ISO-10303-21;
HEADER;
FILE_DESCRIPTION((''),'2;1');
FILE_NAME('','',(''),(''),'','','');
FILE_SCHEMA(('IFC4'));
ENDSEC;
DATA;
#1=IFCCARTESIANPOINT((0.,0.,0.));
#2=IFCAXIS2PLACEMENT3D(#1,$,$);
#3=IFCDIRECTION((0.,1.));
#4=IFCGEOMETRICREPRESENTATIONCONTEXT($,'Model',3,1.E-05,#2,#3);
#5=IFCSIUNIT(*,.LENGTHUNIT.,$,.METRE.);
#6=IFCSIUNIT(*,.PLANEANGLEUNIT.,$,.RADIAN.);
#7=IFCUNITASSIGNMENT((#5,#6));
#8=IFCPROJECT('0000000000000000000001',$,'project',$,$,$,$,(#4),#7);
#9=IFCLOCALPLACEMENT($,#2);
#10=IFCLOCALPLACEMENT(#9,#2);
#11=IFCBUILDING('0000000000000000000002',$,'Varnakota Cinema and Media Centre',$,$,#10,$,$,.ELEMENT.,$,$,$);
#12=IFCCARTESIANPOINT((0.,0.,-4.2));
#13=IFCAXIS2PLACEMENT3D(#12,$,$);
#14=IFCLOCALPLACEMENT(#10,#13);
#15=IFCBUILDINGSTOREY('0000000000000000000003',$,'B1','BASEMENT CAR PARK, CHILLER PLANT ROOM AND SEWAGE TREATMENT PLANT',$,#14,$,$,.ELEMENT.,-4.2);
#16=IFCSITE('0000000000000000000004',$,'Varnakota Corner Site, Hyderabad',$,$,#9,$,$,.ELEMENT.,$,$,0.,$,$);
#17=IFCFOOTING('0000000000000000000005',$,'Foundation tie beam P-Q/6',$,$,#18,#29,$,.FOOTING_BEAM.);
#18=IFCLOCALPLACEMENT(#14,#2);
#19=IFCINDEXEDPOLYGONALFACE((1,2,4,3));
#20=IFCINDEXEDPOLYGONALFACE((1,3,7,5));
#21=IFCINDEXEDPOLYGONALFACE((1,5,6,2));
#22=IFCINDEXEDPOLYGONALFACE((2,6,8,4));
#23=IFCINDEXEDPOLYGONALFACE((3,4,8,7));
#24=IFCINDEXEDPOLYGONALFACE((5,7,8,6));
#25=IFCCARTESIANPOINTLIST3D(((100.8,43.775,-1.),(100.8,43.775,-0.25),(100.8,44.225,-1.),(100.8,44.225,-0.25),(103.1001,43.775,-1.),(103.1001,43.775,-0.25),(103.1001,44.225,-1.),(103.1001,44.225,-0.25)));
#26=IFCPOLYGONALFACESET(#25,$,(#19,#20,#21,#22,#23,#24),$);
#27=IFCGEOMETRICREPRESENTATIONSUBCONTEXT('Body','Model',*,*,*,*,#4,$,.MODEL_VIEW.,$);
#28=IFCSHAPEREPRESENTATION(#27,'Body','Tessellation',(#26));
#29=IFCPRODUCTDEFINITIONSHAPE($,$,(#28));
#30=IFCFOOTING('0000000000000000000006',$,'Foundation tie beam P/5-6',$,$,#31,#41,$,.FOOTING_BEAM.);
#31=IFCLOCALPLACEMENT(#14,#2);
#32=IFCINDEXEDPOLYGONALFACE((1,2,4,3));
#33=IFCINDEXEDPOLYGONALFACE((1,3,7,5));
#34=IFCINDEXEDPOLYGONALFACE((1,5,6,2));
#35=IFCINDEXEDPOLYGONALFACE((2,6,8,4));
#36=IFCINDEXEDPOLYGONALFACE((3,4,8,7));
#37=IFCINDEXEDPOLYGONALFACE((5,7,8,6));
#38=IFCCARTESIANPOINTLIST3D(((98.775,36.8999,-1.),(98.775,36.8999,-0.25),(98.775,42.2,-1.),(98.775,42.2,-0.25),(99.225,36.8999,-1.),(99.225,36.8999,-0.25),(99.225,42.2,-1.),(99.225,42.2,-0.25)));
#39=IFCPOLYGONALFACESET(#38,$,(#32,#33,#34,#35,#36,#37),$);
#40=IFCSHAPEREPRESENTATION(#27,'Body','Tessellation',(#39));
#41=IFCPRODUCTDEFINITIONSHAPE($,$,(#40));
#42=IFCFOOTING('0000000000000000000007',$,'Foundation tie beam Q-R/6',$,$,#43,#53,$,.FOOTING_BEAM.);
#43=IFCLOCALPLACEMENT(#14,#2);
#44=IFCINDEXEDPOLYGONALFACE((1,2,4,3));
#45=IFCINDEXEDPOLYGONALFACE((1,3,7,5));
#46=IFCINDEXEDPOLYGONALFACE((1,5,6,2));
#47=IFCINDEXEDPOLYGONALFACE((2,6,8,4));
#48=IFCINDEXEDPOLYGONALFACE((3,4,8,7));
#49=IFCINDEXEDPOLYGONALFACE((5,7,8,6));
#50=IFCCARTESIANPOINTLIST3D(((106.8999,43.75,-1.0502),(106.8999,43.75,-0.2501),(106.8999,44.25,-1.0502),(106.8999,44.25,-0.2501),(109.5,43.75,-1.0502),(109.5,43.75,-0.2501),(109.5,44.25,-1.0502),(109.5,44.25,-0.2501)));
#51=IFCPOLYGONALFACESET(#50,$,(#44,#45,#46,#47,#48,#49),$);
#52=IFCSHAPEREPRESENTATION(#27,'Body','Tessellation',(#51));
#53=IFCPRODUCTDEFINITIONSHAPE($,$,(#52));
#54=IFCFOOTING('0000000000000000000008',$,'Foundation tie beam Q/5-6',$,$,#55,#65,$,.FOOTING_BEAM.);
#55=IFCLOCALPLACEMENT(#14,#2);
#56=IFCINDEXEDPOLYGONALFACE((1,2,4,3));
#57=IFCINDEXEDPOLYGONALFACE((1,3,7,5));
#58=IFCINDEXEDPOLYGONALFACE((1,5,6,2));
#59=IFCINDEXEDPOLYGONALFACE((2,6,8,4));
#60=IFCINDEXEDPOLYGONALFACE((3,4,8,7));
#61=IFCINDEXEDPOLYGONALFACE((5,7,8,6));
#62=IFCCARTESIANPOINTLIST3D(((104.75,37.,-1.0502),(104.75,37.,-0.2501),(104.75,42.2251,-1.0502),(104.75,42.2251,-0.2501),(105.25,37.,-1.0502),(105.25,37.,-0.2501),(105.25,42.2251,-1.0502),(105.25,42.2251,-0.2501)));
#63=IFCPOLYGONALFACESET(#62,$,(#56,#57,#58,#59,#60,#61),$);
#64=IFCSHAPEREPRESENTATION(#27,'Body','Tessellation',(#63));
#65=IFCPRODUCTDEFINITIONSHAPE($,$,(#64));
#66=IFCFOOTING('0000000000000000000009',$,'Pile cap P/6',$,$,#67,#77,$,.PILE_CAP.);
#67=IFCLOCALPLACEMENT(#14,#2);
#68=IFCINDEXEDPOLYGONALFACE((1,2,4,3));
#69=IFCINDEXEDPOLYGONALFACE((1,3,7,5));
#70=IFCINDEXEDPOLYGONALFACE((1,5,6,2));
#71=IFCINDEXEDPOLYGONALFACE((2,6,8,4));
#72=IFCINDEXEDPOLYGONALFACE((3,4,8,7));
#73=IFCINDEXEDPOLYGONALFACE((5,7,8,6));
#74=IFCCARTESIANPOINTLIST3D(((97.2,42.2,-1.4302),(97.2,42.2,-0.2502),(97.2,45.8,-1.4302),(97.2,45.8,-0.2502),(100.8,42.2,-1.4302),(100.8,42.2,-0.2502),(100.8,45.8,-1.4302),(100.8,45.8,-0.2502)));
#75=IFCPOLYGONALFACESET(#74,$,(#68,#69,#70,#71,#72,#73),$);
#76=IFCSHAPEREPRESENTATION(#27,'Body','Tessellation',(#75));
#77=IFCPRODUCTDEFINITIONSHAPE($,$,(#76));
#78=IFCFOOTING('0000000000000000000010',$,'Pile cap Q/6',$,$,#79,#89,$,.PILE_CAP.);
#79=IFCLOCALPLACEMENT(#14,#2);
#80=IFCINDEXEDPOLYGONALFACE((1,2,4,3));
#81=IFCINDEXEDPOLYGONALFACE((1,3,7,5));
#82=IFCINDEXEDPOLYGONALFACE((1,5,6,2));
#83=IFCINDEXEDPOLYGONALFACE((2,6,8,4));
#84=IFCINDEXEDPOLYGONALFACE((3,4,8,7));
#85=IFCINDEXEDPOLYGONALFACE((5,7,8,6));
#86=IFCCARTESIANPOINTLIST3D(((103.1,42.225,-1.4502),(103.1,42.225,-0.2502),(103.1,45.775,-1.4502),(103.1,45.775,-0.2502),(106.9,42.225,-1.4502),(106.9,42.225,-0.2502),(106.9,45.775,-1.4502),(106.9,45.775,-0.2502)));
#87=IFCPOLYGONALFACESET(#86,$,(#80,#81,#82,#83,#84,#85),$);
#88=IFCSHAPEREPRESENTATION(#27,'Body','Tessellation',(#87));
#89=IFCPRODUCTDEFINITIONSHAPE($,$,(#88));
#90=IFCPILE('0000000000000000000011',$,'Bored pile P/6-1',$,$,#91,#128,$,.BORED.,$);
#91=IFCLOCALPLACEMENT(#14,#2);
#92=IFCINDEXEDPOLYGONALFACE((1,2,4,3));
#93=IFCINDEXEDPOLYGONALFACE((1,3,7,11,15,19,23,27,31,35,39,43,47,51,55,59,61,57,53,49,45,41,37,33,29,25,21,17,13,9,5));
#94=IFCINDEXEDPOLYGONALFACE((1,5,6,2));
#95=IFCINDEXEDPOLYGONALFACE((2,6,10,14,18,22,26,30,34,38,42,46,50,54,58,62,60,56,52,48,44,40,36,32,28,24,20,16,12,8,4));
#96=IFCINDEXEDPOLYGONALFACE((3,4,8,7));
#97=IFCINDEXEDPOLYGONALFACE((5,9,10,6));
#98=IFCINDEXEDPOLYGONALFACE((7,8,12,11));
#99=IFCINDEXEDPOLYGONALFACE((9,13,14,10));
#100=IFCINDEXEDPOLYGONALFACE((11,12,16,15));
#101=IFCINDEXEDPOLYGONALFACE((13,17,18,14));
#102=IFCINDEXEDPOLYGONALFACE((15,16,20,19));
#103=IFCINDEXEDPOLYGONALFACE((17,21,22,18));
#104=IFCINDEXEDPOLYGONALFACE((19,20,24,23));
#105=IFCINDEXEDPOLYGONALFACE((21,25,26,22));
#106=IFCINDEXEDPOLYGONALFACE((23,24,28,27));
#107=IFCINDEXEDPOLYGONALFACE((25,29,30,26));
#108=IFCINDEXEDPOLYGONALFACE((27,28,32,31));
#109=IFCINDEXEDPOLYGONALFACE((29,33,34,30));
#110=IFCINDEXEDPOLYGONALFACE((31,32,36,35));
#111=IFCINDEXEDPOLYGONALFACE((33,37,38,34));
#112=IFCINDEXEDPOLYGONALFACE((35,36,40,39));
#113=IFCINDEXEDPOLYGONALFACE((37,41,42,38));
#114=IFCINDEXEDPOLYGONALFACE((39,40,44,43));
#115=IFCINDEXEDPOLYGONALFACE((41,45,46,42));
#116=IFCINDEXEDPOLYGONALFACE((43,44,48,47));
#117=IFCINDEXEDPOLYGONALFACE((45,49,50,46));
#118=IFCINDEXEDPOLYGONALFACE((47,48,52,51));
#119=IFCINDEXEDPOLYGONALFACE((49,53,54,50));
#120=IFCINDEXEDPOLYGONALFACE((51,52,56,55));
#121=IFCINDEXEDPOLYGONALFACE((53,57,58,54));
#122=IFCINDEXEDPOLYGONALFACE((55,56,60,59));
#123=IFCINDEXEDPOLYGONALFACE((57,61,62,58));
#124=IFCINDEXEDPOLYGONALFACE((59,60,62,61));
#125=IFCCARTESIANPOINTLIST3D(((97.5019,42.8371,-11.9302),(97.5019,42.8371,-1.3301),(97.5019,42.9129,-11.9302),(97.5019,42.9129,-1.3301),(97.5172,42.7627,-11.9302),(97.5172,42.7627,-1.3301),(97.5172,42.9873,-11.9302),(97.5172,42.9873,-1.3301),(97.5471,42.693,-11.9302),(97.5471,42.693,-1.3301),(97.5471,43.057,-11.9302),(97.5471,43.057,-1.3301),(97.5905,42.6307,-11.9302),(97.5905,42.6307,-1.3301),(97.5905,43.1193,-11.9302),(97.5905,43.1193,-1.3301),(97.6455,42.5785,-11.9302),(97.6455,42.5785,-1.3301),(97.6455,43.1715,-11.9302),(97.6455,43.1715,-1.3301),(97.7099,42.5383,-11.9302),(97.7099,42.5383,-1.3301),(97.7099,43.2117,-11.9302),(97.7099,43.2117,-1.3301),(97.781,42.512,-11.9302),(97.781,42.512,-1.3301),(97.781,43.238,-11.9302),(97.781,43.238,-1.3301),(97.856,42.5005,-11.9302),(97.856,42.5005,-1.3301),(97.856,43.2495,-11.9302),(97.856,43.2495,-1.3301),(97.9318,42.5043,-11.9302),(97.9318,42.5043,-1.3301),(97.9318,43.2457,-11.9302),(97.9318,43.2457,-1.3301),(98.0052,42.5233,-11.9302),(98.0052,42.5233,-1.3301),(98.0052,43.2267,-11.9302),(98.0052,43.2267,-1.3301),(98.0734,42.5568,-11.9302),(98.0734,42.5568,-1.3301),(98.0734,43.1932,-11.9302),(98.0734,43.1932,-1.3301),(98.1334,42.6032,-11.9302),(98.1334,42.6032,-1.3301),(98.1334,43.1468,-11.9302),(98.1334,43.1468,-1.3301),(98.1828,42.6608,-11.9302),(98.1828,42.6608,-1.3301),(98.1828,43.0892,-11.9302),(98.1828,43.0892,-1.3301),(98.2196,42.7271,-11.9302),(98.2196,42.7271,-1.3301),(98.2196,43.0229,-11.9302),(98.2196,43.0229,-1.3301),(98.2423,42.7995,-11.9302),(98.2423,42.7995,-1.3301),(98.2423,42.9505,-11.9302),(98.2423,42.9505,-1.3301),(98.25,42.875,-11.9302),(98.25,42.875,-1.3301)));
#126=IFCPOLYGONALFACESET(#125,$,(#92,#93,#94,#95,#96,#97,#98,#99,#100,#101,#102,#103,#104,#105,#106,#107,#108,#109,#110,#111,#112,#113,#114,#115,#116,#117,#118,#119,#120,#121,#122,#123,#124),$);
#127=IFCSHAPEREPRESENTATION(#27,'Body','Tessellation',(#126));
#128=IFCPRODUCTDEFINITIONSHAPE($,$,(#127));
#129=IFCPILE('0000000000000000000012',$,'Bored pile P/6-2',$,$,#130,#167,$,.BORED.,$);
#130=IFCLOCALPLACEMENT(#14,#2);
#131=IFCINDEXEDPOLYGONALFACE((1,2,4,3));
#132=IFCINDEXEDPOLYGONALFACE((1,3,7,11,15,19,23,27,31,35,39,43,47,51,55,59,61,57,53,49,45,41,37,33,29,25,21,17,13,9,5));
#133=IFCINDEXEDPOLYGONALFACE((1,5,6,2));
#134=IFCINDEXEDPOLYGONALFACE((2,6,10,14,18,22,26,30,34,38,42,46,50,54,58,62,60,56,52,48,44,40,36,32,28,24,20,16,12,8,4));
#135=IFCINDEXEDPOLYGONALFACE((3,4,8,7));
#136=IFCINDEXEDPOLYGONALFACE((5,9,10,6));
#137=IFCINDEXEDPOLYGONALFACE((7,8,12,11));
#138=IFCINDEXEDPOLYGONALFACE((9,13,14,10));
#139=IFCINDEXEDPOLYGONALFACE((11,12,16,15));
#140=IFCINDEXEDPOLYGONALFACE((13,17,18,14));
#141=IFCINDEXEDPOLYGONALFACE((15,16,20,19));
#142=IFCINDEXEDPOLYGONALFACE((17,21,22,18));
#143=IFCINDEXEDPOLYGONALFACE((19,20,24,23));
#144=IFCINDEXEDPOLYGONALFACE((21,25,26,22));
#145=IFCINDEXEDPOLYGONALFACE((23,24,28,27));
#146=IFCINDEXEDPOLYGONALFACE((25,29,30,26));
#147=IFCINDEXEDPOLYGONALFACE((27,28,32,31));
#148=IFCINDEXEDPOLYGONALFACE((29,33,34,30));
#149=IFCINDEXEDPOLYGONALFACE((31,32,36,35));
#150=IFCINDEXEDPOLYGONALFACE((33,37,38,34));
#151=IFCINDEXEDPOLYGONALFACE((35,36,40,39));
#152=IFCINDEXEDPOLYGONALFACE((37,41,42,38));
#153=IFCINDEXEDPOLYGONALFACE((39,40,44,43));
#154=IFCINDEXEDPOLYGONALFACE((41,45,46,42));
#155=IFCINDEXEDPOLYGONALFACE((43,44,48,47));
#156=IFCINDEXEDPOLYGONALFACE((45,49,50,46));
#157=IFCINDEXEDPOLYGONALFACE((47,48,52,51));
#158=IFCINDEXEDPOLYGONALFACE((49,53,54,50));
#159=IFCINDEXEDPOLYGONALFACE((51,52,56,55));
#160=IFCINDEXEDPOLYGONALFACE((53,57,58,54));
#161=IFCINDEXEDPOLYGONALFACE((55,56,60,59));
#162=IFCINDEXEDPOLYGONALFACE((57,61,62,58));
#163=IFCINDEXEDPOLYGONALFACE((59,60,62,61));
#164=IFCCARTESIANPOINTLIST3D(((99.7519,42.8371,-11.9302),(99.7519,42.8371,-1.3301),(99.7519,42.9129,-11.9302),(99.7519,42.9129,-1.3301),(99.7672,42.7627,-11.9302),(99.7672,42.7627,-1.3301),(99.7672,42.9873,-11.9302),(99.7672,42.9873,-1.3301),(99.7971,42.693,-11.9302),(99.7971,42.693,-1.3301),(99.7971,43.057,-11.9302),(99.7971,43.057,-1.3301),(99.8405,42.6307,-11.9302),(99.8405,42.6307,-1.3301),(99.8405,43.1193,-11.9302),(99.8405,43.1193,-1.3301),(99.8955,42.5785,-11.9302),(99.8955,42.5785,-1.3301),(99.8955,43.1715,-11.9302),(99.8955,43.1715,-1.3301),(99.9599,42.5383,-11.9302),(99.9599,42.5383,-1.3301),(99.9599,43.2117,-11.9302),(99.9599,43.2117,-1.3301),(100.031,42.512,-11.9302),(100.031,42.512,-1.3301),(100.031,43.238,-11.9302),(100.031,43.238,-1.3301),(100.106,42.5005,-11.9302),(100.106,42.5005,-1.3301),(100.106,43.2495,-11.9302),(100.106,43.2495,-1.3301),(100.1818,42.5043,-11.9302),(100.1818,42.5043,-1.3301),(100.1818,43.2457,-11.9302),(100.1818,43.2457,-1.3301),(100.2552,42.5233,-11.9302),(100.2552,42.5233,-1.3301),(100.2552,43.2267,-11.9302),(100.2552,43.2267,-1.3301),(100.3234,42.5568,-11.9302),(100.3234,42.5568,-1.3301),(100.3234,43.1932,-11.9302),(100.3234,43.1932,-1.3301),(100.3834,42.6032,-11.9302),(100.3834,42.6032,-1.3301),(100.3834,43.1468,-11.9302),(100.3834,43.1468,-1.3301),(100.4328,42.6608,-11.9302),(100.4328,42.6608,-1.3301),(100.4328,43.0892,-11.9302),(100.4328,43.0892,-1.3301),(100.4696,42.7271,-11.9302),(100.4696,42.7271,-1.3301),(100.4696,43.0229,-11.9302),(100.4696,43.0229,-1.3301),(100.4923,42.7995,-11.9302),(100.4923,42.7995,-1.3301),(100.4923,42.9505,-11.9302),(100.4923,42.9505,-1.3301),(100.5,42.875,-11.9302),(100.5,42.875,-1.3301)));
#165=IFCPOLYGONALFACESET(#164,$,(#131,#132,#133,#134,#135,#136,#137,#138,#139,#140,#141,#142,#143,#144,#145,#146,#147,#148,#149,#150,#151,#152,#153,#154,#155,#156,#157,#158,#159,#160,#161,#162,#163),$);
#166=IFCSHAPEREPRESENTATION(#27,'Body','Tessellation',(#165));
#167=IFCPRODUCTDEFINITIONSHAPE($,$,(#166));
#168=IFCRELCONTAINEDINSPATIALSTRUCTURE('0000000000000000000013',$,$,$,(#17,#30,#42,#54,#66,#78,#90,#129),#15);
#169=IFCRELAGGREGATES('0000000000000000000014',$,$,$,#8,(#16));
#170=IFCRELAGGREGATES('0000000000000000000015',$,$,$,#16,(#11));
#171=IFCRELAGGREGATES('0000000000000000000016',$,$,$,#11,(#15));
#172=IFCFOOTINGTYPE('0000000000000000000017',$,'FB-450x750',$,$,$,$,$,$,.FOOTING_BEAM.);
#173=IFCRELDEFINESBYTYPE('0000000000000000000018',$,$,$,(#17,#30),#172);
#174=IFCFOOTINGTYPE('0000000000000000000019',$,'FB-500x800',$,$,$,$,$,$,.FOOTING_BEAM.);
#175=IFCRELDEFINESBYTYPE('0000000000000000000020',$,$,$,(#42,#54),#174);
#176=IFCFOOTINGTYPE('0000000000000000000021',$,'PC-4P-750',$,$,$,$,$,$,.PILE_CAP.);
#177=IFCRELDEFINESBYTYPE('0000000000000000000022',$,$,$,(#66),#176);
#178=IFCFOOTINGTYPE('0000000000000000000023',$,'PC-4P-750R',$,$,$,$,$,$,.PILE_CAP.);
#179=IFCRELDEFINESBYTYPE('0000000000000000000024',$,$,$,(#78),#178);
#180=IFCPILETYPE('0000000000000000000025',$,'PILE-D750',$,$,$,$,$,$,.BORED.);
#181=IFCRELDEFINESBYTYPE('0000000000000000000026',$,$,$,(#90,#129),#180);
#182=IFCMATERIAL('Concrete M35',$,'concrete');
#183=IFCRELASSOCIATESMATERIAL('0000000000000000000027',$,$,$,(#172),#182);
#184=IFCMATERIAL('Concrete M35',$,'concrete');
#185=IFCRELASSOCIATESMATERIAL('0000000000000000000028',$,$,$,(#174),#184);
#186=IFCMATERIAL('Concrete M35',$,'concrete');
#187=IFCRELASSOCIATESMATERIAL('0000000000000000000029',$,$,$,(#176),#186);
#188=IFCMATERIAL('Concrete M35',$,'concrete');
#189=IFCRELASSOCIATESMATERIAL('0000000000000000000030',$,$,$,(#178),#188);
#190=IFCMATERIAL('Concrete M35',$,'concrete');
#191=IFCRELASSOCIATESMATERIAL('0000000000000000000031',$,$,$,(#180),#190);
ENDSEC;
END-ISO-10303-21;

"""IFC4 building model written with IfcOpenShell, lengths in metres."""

from ifc_helpers import new_model, si_unit, direction, frame, origin, origin_2d, place, context, subcontext, project, spatial, rectangle, circle, extrude, material, material_profile, profile_set, type_object, element, save


model = new_model("IFC4")

# Units and contexts
model_context = context("Model", 3, precision=1e-05, world=origin(), true_north=direction((0.0, 1.0)))
body_context = subcontext(model_context, "Body", "Model", "MODEL_VIEW")
ifc_project = project(units=[si_unit("LENGTHUNIT", "METRE"), si_unit("PLANEANGLEUNIT", "RADIAN")], contexts=[model_context])

# Site, building, storey
site_placement = place(None, origin())
site = spatial("IfcSite", under=ifc_project, at=site_placement, Name="Varnakota Corner Site, Hyderabad", CompositionType="ELEMENT", RefElevation=0.0)
building_placement = place(site_placement, origin())
building = spatial("IfcBuilding", under=site, at=building_placement, Name="Varnakota Cinema and Media Centre", CompositionType="ELEMENT")
storey_placement = place(building_placement, frame((0.0, 0.0, -4.2)))
storey = spatial("IfcBuildingStorey", under=building, at=storey_placement, Name="B1", Description="BASEMENT CAR PARK, CHILLER PLANT ROOM AND SEWAGE TREATMENT PLANT", CompositionType="ELEMENT", Elevation=-4.2)

# Footings
ifc_material_1 = material(Name="Concrete M35", Category="concrete")
ifc_material_profile_1 = material_profile(ifc_material_1, rectangle(XDim=0.45, YDim=0.75, at=origin_2d()), Name="FB 450x750")
ifc_profile_set_1 = profile_set([ifc_material_profile_1], Name="Concrete M35")
footing_type_1 = type_object("IfcFootingType", Name="FB-450x750", PredefinedType="FOOTING_BEAM", material=ifc_profile_set_1)
footing_1_placement = place(storey_placement, frame((100.8, 44.0, -0.625), z_axis=(1.0, 0.0, 0.0), x_axis=(0.0, 1.0, 0.0)))
element("IfcFooting", 1, at=footing_1_placement, inside=storey, type_object=footing_type_1, Name="Foundation tie beam P-Q/6", PredefinedType="FOOTING_BEAM", context=body_context, shape_type="SweptSolid", body=[
    extrude(rectangle(XDim=0.45, YDim=0.75, at=origin_2d()), origin(), (0.0, 0.0, 1.0), 2.3),
])
footing_2_placement = place(storey_placement, frame((99.0, 36.8999, -0.625), z_axis=(0.0, 1.0, 0.0), x_axis=(-1.0, 0.0, 0.0)))
element("IfcFooting", 2, at=footing_2_placement, inside=storey, type_object=footing_type_1, Name="Foundation tie beam P/5-6", PredefinedType="FOOTING_BEAM", context=body_context, shape_type="SweptSolid", body=[
    extrude(rectangle(XDim=0.45, YDim=0.75, at=origin_2d()), origin(), (0.0, 0.0, 1.0), 5.3),
])
ifc_material_2 = material(Name="Concrete M35", Category="concrete")
ifc_material_profile_2 = material_profile(ifc_material_2, rectangle(XDim=0.5, YDim=0.8, at=origin_2d()), Name="FB 500x800")
ifc_profile_set_2 = profile_set([ifc_material_profile_2], Name="Concrete M35")
footing_type_2 = type_object("IfcFootingType", Name="FB-500x800", PredefinedType="FOOTING_BEAM", material=ifc_profile_set_2)
footing_3_placement = place(storey_placement, frame((106.8999, 44.0, -0.6501), z_axis=(1.0, 0.0, 0.0), x_axis=(0.0, 1.0, 0.0)))
element("IfcFooting", 3, at=footing_3_placement, inside=storey, type_object=footing_type_2, Name="Foundation tie beam Q-R/6", PredefinedType="FOOTING_BEAM", context=body_context, shape_type="SweptSolid", body=[
    extrude(rectangle(XDim=0.5, YDim=0.8, at=origin_2d()), origin(), (0.0, 0.0, 1.0), 2.6001),
])
footing_4_placement = place(storey_placement, frame((105.0, 37.0, -0.6501), z_axis=(0.0, 1.0, 0.0), x_axis=(-1.0, 0.0, 0.0)))
element("IfcFooting", 4, at=footing_4_placement, inside=storey, type_object=footing_type_2, Name="Foundation tie beam Q/5-6", PredefinedType="FOOTING_BEAM", context=body_context, shape_type="SweptSolid", body=[
    extrude(rectangle(XDim=0.5, YDim=0.8, at=origin_2d()), origin(), (0.0, 0.0, 1.0), 5.2251),
])
ifc_material_3 = material(Name="Concrete M35", Category="concrete")
footing_type_3 = type_object("IfcFootingType", Name="PC-4P-750", PredefinedType="PILE_CAP", material=ifc_material_3)
footing_5_placement = place(storey_placement, frame((99.0, 44.0, -1.4302), z_axis=(0.0, 0.0, 1.0), x_axis=(1.0, 0.0, 0.0)))
element("IfcFooting", 5, at=footing_5_placement, inside=storey, type_object=footing_type_3, Name="Pile cap P/6", PredefinedType="PILE_CAP", context=body_context, shape_type="SweptSolid", body=[
    extrude(rectangle(XDim=3.6001, YDim=3.6001, at=origin_2d()), origin(), (0.0, 0.0, 1.0), 1.1799),
])
ifc_material_4 = material(Name="Concrete M35", Category="concrete")
footing_type_4 = type_object("IfcFootingType", Name="PC-4P-750R", PredefinedType="PILE_CAP", material=ifc_material_4)
footing_6_placement = place(storey_placement, frame((105.0, 44.0, -1.4502), z_axis=(0.0, 0.0, 1.0), x_axis=(1.0, 0.0, 0.0)))
element("IfcFooting", 6, at=footing_6_placement, inside=storey, type_object=footing_type_4, Name="Pile cap Q/6", PredefinedType="PILE_CAP", context=body_context, shape_type="SweptSolid", body=[
    extrude(rectangle(XDim=3.8, YDim=3.55, at=origin_2d()), origin(), (0.0, 0.0, 1.0), 1.2),
])

# Piles
ifc_material_5 = material(Name="Concrete M35", Category="concrete")
ifc_material_profile_3 = material_profile(ifc_material_5, circle(Radius=0.375, at=origin_2d()), Name="PILE D750")
ifc_profile_set_3 = profile_set([ifc_material_profile_3], Name="Concrete M35")
pile_type = type_object("IfcPileType", Name="PILE-D750", PredefinedType="BORED", material=ifc_profile_set_3)
for number, where, z_axis, x_axis, name in (
    (7, (97.875, 42.875, -1.3301), (0.0, 0.0, -1.0), (1.0, 0.0, 0.0), "Bored pile P/6-1"),
    (8, (100.125, 42.875, -1.3301), (0.0, 0.0, -1.0), (1.0, 0.0, 0.0), "Bored pile P/6-2"),
):
    element("IfcPile", number, at=place(storey_placement, frame(where, z_axis=z_axis, x_axis=x_axis)), inside=storey, type_object=pile_type, Name=name, PredefinedType="BORED", context=body_context, shape_type="SweptSolid", body=[
        extrude(circle(Radius=0.375, at=origin_2d()), origin(), (0.0, 0.0, 1.0), 10.6001),
    ])

save(model, "model.ifc")
